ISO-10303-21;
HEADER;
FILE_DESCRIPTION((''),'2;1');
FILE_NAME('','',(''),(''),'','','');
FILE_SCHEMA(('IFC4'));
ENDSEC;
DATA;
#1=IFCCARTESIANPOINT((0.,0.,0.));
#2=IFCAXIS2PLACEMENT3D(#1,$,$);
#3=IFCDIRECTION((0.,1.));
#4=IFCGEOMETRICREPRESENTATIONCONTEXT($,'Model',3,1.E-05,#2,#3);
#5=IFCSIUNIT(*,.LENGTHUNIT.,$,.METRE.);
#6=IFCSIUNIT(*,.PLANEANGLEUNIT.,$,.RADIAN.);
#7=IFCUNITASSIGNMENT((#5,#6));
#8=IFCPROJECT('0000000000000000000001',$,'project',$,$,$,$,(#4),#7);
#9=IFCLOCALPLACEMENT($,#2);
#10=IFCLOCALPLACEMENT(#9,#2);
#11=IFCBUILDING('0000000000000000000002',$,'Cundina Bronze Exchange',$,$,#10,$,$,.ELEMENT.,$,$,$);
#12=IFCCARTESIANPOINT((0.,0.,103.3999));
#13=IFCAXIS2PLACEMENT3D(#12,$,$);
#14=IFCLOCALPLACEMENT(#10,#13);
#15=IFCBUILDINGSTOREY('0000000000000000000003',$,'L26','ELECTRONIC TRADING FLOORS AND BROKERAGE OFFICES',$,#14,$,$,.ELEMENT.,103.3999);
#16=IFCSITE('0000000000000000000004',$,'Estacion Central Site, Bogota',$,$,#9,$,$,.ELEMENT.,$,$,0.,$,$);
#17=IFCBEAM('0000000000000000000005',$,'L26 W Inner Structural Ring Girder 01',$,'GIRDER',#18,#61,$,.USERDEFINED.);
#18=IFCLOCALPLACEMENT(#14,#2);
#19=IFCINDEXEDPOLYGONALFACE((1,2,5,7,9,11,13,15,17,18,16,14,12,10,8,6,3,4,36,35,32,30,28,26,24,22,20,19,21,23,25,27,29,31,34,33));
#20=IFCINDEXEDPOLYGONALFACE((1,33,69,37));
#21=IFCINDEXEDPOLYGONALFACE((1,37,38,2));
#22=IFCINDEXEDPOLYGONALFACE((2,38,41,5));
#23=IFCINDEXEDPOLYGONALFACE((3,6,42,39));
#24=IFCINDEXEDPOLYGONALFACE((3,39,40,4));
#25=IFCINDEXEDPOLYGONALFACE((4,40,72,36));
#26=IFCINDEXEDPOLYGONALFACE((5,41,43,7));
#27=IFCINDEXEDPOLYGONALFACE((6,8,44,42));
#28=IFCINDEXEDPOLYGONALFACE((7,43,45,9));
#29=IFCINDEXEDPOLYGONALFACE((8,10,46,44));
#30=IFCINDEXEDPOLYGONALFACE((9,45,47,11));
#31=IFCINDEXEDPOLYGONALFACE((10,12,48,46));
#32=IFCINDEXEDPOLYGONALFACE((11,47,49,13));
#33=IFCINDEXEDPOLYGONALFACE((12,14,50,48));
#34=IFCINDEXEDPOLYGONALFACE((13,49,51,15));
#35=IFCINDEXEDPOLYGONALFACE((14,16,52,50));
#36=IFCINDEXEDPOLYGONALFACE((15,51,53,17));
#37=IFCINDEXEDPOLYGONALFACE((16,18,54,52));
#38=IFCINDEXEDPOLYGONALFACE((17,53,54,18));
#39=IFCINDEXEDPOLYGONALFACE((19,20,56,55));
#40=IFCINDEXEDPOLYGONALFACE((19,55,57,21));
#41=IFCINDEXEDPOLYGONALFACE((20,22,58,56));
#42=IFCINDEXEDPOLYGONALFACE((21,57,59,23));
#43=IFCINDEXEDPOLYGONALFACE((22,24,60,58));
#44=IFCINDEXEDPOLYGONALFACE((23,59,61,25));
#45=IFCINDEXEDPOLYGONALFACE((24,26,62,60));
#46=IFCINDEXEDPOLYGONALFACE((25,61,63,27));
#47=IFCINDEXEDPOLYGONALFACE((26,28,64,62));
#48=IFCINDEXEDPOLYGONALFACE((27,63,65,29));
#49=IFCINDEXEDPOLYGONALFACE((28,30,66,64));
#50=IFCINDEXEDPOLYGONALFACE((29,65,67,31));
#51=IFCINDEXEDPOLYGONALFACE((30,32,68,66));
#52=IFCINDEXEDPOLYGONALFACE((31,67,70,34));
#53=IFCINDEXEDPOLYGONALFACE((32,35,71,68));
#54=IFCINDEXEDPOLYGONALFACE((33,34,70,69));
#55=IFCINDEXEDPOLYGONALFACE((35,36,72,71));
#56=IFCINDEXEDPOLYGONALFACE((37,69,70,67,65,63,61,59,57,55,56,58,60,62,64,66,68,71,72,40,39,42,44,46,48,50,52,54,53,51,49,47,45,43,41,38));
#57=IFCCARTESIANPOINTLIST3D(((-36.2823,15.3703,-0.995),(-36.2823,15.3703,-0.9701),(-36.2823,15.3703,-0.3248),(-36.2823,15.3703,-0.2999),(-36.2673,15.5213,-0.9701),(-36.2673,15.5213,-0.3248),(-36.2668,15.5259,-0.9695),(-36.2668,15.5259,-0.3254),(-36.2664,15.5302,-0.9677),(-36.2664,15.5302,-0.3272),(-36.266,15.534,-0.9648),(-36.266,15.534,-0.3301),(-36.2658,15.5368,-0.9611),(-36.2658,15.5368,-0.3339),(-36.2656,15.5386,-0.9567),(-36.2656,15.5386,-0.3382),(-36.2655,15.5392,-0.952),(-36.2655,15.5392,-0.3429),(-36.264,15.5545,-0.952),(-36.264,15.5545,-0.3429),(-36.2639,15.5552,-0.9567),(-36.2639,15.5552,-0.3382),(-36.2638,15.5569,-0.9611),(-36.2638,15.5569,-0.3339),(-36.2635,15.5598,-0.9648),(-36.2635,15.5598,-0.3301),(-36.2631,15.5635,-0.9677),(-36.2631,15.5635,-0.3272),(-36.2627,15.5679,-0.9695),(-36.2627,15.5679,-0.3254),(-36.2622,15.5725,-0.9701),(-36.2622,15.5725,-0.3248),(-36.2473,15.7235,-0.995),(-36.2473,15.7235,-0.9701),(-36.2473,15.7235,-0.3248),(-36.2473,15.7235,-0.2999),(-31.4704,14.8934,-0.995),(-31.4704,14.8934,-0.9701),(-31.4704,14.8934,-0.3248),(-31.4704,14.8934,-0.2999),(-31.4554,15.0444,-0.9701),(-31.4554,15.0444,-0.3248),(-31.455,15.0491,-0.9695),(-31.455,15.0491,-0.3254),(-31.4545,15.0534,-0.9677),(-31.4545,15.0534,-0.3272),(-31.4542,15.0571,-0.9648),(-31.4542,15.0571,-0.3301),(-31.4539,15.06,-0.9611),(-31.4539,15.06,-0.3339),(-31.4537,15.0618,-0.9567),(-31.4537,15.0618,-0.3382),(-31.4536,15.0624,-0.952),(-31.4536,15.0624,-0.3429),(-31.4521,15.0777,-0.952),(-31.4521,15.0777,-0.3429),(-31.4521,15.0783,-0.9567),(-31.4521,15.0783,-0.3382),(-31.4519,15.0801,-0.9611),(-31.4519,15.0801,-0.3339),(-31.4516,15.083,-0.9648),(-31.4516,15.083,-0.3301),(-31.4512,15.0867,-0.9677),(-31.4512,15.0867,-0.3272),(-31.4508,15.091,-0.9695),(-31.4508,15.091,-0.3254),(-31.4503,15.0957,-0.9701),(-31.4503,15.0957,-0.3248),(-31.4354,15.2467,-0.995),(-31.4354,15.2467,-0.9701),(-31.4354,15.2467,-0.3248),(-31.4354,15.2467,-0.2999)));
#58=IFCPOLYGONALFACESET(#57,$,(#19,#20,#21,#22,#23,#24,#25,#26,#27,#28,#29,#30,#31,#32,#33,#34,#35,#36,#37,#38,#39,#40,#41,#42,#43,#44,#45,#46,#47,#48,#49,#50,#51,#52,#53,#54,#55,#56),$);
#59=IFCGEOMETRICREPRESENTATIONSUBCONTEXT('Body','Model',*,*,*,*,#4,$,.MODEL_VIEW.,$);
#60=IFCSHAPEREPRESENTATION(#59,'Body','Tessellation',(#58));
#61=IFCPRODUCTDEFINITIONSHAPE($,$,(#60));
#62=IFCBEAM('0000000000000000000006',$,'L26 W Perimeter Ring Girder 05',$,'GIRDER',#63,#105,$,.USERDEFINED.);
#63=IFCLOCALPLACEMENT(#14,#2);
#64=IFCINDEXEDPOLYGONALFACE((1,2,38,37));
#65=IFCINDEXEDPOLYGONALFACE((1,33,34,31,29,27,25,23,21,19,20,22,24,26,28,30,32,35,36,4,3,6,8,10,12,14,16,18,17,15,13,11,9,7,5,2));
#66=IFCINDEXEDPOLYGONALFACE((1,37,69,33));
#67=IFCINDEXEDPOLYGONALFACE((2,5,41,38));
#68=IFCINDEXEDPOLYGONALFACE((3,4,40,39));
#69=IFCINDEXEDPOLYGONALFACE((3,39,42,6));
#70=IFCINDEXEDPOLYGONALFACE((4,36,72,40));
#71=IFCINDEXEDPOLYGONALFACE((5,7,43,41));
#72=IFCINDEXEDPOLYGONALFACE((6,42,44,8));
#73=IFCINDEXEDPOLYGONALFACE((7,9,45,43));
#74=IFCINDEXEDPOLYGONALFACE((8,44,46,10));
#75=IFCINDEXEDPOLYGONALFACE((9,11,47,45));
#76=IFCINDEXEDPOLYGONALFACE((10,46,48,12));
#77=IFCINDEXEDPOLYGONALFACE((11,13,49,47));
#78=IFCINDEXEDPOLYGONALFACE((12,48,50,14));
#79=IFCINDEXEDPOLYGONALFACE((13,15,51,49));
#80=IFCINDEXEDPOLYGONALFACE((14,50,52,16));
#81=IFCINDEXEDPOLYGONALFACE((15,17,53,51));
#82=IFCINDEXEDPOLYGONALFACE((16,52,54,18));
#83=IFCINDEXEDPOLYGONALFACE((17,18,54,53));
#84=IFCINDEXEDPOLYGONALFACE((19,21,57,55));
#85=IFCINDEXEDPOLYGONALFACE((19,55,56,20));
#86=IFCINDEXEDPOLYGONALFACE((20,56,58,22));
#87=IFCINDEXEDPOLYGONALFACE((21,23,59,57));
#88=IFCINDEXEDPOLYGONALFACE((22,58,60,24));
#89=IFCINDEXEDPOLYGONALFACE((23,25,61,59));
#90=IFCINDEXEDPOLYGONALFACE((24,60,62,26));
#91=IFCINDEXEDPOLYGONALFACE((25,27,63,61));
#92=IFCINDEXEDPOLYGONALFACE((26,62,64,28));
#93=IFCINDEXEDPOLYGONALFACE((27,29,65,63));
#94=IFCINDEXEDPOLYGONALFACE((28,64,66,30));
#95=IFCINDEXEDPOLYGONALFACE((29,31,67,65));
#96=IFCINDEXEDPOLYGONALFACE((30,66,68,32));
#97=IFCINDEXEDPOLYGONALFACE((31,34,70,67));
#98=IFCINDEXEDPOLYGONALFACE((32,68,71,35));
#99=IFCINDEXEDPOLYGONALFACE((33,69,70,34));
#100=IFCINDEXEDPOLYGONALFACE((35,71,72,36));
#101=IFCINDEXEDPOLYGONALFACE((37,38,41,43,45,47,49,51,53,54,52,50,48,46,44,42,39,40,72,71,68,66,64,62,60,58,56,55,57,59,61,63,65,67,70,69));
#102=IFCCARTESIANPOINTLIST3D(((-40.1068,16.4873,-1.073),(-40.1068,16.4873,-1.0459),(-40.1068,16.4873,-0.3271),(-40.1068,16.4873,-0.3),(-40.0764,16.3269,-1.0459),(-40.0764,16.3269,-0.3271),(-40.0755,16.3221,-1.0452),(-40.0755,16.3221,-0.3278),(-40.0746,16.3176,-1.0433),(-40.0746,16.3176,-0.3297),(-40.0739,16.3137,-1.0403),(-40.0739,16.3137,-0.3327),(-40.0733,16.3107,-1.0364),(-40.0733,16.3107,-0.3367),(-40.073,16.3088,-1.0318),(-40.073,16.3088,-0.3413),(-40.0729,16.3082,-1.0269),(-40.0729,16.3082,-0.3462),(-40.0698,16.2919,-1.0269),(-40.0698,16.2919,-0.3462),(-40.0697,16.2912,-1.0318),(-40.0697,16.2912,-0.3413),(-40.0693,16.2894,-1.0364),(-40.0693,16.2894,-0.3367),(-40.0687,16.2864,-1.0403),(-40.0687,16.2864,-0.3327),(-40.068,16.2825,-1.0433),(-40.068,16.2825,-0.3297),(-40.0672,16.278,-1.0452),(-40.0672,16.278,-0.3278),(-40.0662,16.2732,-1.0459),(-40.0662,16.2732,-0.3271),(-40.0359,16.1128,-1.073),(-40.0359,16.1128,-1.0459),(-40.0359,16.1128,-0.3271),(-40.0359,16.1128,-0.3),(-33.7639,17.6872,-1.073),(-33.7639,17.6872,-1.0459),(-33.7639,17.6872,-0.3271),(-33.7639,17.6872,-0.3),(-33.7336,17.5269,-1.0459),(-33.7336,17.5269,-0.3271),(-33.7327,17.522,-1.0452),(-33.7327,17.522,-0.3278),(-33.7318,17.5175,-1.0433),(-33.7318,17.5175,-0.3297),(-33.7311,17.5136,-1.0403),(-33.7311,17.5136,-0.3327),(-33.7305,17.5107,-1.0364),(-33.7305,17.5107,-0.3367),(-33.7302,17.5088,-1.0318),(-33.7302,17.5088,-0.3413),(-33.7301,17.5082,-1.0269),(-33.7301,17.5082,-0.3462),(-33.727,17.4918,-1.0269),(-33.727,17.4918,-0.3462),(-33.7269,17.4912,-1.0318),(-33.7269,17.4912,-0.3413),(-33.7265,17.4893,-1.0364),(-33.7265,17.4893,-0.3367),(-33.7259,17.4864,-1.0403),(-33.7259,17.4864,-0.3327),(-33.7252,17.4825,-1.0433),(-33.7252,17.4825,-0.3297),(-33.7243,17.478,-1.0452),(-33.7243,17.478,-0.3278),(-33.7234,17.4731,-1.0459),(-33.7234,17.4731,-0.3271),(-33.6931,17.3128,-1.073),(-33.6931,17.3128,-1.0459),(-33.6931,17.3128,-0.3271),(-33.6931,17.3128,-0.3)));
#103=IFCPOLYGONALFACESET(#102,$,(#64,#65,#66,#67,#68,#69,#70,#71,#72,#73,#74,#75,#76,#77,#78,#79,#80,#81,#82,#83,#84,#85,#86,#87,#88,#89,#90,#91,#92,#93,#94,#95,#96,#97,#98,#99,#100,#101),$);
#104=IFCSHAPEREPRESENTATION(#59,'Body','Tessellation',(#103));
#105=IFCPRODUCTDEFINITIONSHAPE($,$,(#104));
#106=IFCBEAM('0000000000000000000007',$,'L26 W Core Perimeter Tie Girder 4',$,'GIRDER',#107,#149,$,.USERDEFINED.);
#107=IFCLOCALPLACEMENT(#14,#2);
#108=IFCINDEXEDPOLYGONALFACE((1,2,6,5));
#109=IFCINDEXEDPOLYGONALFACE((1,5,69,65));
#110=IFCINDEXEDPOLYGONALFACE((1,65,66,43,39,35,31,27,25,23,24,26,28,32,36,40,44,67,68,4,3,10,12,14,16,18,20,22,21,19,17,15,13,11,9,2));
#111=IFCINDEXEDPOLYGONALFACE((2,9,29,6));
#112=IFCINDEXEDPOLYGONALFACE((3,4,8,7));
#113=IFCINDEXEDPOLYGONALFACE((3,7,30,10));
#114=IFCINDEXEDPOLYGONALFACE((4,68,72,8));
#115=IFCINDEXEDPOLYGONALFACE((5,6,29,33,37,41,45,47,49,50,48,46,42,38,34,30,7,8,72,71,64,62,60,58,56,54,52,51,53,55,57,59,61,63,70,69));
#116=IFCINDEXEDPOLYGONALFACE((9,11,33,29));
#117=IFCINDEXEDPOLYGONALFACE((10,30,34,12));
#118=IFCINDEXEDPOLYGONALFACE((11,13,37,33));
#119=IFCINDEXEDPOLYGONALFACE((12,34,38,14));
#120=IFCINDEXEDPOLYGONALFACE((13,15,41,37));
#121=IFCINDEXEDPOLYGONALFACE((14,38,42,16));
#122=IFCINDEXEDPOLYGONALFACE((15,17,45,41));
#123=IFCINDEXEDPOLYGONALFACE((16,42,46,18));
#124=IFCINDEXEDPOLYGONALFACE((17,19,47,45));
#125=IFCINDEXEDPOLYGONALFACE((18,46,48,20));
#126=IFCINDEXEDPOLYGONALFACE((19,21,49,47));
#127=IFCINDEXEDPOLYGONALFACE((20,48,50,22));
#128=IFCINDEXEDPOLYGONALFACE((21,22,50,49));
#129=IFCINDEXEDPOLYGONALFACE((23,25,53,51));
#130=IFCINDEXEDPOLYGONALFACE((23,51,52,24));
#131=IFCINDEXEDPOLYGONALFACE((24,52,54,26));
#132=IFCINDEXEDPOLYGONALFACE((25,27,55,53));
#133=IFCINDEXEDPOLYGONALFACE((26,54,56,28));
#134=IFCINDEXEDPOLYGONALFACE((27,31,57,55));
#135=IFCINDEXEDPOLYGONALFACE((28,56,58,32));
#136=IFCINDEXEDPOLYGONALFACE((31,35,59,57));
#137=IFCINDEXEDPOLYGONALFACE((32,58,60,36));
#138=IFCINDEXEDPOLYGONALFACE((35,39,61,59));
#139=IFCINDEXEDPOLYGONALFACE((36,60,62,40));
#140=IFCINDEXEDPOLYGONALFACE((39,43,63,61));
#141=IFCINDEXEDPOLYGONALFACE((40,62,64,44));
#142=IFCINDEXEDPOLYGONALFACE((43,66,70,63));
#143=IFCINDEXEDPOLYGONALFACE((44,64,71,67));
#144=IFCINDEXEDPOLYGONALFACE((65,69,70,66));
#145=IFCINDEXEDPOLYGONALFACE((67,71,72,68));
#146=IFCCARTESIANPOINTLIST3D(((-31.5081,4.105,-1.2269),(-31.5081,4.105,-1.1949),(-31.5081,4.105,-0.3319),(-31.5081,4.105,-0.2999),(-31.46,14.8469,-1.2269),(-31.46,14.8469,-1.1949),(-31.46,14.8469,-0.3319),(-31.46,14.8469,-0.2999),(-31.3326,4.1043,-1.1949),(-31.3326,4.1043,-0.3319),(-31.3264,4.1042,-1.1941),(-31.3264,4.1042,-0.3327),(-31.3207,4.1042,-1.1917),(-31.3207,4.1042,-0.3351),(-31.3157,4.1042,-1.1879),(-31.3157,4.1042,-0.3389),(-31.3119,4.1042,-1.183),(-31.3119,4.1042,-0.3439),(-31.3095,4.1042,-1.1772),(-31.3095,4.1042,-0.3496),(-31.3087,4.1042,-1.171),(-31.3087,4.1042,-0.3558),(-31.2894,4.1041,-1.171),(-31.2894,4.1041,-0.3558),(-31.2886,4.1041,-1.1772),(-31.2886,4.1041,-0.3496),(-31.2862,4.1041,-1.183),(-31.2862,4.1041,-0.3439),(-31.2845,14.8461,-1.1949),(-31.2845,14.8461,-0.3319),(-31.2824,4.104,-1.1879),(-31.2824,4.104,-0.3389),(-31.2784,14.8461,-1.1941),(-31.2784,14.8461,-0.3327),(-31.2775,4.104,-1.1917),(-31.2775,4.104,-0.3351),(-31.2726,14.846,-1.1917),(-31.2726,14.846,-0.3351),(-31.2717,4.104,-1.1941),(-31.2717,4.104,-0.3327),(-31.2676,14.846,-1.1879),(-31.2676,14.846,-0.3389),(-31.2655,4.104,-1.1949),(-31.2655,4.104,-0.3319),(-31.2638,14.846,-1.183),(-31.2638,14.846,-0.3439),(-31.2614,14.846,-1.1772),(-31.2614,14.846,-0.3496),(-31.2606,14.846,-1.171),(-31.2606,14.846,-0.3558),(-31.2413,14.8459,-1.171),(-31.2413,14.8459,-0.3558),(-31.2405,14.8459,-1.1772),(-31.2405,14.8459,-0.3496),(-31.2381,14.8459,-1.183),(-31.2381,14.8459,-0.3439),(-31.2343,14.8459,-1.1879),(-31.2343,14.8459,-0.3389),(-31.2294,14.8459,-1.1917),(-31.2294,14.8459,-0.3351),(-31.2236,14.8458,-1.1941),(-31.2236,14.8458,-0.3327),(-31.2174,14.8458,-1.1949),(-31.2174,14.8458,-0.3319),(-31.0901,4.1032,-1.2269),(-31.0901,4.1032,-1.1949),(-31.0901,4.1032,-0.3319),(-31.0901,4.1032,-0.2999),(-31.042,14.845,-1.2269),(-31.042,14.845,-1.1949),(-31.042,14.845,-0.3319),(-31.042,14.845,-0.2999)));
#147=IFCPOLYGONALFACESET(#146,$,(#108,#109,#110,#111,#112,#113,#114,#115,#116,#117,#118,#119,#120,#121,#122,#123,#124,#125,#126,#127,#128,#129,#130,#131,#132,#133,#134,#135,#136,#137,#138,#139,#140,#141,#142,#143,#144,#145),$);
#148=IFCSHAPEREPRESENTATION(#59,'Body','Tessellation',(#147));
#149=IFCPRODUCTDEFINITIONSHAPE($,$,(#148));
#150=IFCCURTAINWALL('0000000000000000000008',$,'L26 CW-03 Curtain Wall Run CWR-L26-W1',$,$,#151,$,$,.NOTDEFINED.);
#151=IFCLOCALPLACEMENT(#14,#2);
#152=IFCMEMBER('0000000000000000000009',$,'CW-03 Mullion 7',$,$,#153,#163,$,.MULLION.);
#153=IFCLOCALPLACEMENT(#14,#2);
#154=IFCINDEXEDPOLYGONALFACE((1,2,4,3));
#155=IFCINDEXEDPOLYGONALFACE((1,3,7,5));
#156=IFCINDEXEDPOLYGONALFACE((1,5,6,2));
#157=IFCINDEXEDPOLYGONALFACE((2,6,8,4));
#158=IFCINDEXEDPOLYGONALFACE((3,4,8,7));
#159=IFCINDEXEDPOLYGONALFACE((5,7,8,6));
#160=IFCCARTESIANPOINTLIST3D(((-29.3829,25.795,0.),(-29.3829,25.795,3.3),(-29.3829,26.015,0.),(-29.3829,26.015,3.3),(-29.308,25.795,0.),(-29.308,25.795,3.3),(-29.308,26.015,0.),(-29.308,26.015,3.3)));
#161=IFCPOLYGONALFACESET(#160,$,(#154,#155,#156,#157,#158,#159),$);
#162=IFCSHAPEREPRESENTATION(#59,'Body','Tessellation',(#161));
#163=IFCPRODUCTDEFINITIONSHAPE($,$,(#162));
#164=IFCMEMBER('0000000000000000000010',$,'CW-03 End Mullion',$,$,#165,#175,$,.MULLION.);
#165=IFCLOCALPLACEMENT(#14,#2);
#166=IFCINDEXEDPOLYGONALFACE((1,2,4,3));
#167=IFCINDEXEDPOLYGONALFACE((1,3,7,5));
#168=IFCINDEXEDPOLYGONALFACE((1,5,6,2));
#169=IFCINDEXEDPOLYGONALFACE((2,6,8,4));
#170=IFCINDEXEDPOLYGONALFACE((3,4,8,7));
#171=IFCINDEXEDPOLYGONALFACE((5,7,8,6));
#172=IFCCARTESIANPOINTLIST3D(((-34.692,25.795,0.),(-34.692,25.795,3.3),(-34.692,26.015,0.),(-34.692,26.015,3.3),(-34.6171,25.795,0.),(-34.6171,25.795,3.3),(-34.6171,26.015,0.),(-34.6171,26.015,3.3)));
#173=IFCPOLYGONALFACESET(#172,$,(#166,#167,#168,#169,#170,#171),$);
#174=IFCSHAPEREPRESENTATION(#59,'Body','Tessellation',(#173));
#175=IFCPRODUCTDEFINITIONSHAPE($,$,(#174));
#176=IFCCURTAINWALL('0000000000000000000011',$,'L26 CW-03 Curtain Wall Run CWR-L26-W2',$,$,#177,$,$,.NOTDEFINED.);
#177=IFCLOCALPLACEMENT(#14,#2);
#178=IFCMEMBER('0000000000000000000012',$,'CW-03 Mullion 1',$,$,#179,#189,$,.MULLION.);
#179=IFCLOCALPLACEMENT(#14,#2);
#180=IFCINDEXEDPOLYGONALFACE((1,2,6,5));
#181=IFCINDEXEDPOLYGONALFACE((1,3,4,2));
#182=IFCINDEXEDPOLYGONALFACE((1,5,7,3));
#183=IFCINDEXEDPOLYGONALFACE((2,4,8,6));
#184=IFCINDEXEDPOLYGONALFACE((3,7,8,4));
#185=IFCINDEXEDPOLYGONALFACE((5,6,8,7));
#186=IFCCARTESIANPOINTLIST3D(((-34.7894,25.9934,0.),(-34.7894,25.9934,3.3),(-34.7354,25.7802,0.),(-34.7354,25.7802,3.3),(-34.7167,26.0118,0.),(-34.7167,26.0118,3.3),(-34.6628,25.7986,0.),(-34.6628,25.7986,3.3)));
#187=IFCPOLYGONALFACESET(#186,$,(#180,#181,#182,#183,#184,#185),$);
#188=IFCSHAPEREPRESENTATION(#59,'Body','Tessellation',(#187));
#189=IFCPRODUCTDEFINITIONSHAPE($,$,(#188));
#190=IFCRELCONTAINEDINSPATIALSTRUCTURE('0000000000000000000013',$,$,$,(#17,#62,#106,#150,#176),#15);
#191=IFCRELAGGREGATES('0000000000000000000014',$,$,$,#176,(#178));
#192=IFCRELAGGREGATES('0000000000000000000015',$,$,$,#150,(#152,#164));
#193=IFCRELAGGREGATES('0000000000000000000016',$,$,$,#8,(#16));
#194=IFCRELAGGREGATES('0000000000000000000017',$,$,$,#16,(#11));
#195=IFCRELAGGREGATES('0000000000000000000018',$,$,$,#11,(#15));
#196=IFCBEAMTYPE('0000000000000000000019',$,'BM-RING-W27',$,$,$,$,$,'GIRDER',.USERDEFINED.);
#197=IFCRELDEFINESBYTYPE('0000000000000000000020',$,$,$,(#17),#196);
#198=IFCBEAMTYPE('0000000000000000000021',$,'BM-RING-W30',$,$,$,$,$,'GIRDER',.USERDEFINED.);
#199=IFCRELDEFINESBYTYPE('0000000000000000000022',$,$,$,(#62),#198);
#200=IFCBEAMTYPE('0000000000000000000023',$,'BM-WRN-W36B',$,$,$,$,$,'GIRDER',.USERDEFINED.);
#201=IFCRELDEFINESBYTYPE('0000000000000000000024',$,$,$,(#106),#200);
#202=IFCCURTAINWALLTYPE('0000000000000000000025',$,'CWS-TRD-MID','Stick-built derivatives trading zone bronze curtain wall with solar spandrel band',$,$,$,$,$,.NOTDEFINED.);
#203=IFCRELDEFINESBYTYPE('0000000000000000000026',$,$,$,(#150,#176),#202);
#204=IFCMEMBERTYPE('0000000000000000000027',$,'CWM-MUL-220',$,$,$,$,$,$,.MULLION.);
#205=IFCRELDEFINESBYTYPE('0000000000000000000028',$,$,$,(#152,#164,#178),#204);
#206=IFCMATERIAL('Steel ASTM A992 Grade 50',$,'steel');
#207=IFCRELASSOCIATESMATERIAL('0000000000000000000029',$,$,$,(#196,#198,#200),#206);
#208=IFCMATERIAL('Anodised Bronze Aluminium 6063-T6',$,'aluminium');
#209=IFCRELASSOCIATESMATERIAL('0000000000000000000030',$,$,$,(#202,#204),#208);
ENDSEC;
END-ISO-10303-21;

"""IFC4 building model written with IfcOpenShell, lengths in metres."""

from ifc_helpers import new_model, si_unit, direction, frame, origin, origin_2d, place, context, subcontext, project, spatial, rectangle, i_section, extrude, material, material_profile, profile_set, type_object, element, aggregate, save


model = new_model("IFC4")

# Units and contexts
model_context = context("Model", 3, precision=1e-05, world=origin(), true_north=direction((0.0, 1.0)))
body_context = subcontext(model_context, "Body", "Model", "MODEL_VIEW")
ifc_project = project(units=[si_unit("LENGTHUNIT", "METRE"), si_unit("PLANEANGLEUNIT", "RADIAN")], contexts=[model_context])

# Site, building, storey
site_placement = place(None, origin())
site = spatial("IfcSite", under=ifc_project, at=site_placement, Name="Estacion Central Site, Bogota", CompositionType="ELEMENT", RefElevation=0.0)
building_placement = place(site_placement, origin())
building = spatial("IfcBuilding", under=site, at=building_placement, Name="Cundina Bronze Exchange", CompositionType="ELEMENT")
storey_placement = place(building_placement, frame((0.0, 0.0, 103.3999)))
storey = spatial("IfcBuildingStorey", under=building, at=storey_placement, Name="L26", Description="ELECTRONIC TRADING FLOORS AND BROKERAGE OFFICES", CompositionType="ELEMENT", Elevation=103.3999)

# Shared definitions
ifc_material_1 = material(Name="Steel ASTM A992 Grade 50", Category="steel")

# Beams
ifc_material_profile_1 = material_profile(ifc_material_1, i_section(OverallWidth=0.355, OverallDepth=0.6951, WebThickness=0.0154, FlangeThickness=0.0249, FilletRadius=0.0181, at=origin_2d()), Name="W27X146", Category="steel")
ifc_profile_set_1 = profile_set([ifc_material_profile_1], Name="Steel ASTM A992 Grade 50")
beam_type_1 = type_object("IfcBeamType", Name="BM-RING-W27", ElementType="GIRDER", PredefinedType="USERDEFINED", material=ifc_profile_set_1)
beam_1_placement = place(storey_placement, frame((-31.4529, 15.0701, -0.6475), z_axis=(-0.995126, 0.098609, 0.0), x_axis=(-0.098609, -0.995126, 0.0)))
element("IfcBeam", 1, at=beam_1_placement, inside=storey, type_object=beam_type_1, Name="L26 W Inner Structural Ring Girder 01", ObjectType="GIRDER", PredefinedType="USERDEFINED", context=body_context, shape_type="SweptSolid", body=[
    extrude(i_section(OverallWidth=0.355, OverallDepth=0.6951, WebThickness=0.0154, FlangeThickness=0.0249, FilletRadius=0.0181, at=origin_2d()), origin(), (0.0, 0.0, 1.0), 4.8354),
])
ifc_material_profile_2 = material_profile(ifc_material_1, i_section(OverallWidth=0.3811, OverallDepth=0.7729, WebThickness=0.0166, FlangeThickness=0.0271, FilletRadius=0.019, at=origin_2d()), Name="W30X173", Category="steel")
ifc_profile_set_2 = profile_set([ifc_material_profile_2], Name="Steel ASTM A992 Grade 50")
beam_type_2 = type_object("IfcBeamType", Name="BM-RING-W30", ElementType="GIRDER", PredefinedType="USERDEFINED", material=ifc_profile_set_2)
beam_2_placement = place(storey_placement, frame((-33.7285, 17.5, -0.6865), z_axis=(-0.982571, -0.185887, 0.0), x_axis=(0.185887, -0.982571, 0.0)))
element("IfcBeam", 2, at=beam_2_placement, inside=storey, type_object=beam_type_2, Name="L26 W Perimeter Ring Girder 05", ObjectType="GIRDER", PredefinedType="USERDEFINED", context=body_context, shape_type="SweptSolid", body=[
    extrude(i_section(OverallWidth=0.3811, OverallDepth=0.7729, WebThickness=0.0166, FlangeThickness=0.0271, FilletRadius=0.019, at=origin_2d()), origin(), (0.0, 0.0, 1.0), 6.4553),
])
ifc_material_profile_3 = material_profile(ifc_material_1, i_section(OverallWidth=0.418, OverallDepth=0.927, WebThickness=0.0193, FlangeThickness=0.032, FilletRadius=0.0239, at=origin_2d()), Name="W36X231", Category="steel")
ifc_profile_set_3 = profile_set([ifc_material_profile_3], Name="Steel ASTM A992 Grade 50")
beam_type_3 = type_object("IfcBeamType", Name="BM-WRN-W36B", ElementType="GIRDER", PredefinedType="USERDEFINED", material=ifc_profile_set_3)
beam_3_placement = place(storey_placement, frame((-31.251, 14.8459, -0.7634), z_axis=(-0.004477, -0.99999, 0.0), x_axis=(0.99999, -0.004477, 0.0)))
element("IfcBeam", 3, at=beam_3_placement, inside=storey, type_object=beam_type_3, Name="L26 W Core Perimeter Tie Girder 4", ObjectType="GIRDER", PredefinedType="USERDEFINED", context=body_context, shape_type="SweptSolid", body=[
    extrude(i_section(OverallWidth=0.418, OverallDepth=0.927, WebThickness=0.0193, FlangeThickness=0.032, FilletRadius=0.0239, at=origin_2d()), origin(), (0.0, 0.0, 1.0), 10.7419),
])

# Curtain wall, members
ifc_material_2 = material(Name="Anodised Bronze Aluminium 6063-T6", Category="aluminium")
curtain_wall_type = type_object("IfcCurtainWallType", Name="CWS-TRD-MID", Description="Stick-built derivatives trading zone bronze curtain wall with solar spandrel band", PredefinedType="NOTDEFINED", material=ifc_material_2)
curtain_wall_1_placement = place(storey_placement, origin())
curtain_wall_1 = element("IfcCurtainWall", 4, at=curtain_wall_1_placement, inside=storey, type_object=curtain_wall_type, Name="L26 CW-03 Curtain Wall Run CWR-L26-W1", PredefinedType="NOTDEFINED")
ifc_material_profile_4 = material_profile(ifc_material_2, rectangle(XDim=0.075, YDim=0.22, at=origin_2d()), Name="AL75X220", Category="aluminium")
ifc_profile_set_4 = profile_set([ifc_material_profile_4], Name="Anodised Bronze Aluminium 6063-T6")
member_type_1 = type_object("IfcMemberType", Name="CWM-MUL-220", PredefinedType="MULLION", material=ifc_profile_set_4)
member_1_placement = place(storey_placement, frame((-29.3455, 25.905, 0.0), z_axis=(0.0, 0.0, 1.0), x_axis=(-1.0, 0.0, 0.0)))
member_1 = element("IfcMember", 5, at=member_1_placement, type_object=member_type_1, Name="CW-03 Mullion 7", PredefinedType="MULLION", context=body_context, shape_type="SweptSolid", body=[
    extrude(rectangle(XDim=0.075, YDim=0.22, at=origin_2d()), origin(), (0.0, 0.0, 1.0), 3.3),
])
member_2_placement = place(storey_placement, frame((-34.6545, 25.905, 0.0), z_axis=(0.0, 0.0, 1.0), x_axis=(-1.0, 0.0, 0.0)))
member_2 = element("IfcMember", 6, at=member_2_placement, type_object=member_type_1, Name="CW-03 End Mullion", PredefinedType="MULLION", context=body_context, shape_type="SweptSolid", body=[
    extrude(rectangle(XDim=0.075, YDim=0.22, at=origin_2d()), origin(), (0.0, 0.0, 1.0), 3.3),
])

# Curtain wall, member
curtain_wall_2_placement = place(storey_placement, origin())
curtain_wall_2 = element("IfcCurtainWall", 7, at=curtain_wall_2_placement, inside=storey, type_object=curtain_wall_type, Name="L26 CW-03 Curtain Wall Run CWR-L26-W2", PredefinedType="NOTDEFINED")
member_3_placement = place(storey_placement, frame((-34.7261, 25.896, 0.0), z_axis=(0.0, 0.0, 1.0), x_axis=(-0.969488, -0.245138, 0.0)))
member_3 = element("IfcMember", 8, at=member_3_placement, type_object=member_type_1, Name="CW-03 Mullion 1", PredefinedType="MULLION", context=body_context, shape_type="SweptSolid", body=[
    extrude(rectangle(XDim=0.075, YDim=0.22, at=origin_2d()), origin(), (0.0, 0.0, 1.0), 3.3),
])

aggregate(curtain_wall_2, [member_3])

aggregate(curtain_wall_1, [member_1, member_2])

save(model, "model.ifc")
